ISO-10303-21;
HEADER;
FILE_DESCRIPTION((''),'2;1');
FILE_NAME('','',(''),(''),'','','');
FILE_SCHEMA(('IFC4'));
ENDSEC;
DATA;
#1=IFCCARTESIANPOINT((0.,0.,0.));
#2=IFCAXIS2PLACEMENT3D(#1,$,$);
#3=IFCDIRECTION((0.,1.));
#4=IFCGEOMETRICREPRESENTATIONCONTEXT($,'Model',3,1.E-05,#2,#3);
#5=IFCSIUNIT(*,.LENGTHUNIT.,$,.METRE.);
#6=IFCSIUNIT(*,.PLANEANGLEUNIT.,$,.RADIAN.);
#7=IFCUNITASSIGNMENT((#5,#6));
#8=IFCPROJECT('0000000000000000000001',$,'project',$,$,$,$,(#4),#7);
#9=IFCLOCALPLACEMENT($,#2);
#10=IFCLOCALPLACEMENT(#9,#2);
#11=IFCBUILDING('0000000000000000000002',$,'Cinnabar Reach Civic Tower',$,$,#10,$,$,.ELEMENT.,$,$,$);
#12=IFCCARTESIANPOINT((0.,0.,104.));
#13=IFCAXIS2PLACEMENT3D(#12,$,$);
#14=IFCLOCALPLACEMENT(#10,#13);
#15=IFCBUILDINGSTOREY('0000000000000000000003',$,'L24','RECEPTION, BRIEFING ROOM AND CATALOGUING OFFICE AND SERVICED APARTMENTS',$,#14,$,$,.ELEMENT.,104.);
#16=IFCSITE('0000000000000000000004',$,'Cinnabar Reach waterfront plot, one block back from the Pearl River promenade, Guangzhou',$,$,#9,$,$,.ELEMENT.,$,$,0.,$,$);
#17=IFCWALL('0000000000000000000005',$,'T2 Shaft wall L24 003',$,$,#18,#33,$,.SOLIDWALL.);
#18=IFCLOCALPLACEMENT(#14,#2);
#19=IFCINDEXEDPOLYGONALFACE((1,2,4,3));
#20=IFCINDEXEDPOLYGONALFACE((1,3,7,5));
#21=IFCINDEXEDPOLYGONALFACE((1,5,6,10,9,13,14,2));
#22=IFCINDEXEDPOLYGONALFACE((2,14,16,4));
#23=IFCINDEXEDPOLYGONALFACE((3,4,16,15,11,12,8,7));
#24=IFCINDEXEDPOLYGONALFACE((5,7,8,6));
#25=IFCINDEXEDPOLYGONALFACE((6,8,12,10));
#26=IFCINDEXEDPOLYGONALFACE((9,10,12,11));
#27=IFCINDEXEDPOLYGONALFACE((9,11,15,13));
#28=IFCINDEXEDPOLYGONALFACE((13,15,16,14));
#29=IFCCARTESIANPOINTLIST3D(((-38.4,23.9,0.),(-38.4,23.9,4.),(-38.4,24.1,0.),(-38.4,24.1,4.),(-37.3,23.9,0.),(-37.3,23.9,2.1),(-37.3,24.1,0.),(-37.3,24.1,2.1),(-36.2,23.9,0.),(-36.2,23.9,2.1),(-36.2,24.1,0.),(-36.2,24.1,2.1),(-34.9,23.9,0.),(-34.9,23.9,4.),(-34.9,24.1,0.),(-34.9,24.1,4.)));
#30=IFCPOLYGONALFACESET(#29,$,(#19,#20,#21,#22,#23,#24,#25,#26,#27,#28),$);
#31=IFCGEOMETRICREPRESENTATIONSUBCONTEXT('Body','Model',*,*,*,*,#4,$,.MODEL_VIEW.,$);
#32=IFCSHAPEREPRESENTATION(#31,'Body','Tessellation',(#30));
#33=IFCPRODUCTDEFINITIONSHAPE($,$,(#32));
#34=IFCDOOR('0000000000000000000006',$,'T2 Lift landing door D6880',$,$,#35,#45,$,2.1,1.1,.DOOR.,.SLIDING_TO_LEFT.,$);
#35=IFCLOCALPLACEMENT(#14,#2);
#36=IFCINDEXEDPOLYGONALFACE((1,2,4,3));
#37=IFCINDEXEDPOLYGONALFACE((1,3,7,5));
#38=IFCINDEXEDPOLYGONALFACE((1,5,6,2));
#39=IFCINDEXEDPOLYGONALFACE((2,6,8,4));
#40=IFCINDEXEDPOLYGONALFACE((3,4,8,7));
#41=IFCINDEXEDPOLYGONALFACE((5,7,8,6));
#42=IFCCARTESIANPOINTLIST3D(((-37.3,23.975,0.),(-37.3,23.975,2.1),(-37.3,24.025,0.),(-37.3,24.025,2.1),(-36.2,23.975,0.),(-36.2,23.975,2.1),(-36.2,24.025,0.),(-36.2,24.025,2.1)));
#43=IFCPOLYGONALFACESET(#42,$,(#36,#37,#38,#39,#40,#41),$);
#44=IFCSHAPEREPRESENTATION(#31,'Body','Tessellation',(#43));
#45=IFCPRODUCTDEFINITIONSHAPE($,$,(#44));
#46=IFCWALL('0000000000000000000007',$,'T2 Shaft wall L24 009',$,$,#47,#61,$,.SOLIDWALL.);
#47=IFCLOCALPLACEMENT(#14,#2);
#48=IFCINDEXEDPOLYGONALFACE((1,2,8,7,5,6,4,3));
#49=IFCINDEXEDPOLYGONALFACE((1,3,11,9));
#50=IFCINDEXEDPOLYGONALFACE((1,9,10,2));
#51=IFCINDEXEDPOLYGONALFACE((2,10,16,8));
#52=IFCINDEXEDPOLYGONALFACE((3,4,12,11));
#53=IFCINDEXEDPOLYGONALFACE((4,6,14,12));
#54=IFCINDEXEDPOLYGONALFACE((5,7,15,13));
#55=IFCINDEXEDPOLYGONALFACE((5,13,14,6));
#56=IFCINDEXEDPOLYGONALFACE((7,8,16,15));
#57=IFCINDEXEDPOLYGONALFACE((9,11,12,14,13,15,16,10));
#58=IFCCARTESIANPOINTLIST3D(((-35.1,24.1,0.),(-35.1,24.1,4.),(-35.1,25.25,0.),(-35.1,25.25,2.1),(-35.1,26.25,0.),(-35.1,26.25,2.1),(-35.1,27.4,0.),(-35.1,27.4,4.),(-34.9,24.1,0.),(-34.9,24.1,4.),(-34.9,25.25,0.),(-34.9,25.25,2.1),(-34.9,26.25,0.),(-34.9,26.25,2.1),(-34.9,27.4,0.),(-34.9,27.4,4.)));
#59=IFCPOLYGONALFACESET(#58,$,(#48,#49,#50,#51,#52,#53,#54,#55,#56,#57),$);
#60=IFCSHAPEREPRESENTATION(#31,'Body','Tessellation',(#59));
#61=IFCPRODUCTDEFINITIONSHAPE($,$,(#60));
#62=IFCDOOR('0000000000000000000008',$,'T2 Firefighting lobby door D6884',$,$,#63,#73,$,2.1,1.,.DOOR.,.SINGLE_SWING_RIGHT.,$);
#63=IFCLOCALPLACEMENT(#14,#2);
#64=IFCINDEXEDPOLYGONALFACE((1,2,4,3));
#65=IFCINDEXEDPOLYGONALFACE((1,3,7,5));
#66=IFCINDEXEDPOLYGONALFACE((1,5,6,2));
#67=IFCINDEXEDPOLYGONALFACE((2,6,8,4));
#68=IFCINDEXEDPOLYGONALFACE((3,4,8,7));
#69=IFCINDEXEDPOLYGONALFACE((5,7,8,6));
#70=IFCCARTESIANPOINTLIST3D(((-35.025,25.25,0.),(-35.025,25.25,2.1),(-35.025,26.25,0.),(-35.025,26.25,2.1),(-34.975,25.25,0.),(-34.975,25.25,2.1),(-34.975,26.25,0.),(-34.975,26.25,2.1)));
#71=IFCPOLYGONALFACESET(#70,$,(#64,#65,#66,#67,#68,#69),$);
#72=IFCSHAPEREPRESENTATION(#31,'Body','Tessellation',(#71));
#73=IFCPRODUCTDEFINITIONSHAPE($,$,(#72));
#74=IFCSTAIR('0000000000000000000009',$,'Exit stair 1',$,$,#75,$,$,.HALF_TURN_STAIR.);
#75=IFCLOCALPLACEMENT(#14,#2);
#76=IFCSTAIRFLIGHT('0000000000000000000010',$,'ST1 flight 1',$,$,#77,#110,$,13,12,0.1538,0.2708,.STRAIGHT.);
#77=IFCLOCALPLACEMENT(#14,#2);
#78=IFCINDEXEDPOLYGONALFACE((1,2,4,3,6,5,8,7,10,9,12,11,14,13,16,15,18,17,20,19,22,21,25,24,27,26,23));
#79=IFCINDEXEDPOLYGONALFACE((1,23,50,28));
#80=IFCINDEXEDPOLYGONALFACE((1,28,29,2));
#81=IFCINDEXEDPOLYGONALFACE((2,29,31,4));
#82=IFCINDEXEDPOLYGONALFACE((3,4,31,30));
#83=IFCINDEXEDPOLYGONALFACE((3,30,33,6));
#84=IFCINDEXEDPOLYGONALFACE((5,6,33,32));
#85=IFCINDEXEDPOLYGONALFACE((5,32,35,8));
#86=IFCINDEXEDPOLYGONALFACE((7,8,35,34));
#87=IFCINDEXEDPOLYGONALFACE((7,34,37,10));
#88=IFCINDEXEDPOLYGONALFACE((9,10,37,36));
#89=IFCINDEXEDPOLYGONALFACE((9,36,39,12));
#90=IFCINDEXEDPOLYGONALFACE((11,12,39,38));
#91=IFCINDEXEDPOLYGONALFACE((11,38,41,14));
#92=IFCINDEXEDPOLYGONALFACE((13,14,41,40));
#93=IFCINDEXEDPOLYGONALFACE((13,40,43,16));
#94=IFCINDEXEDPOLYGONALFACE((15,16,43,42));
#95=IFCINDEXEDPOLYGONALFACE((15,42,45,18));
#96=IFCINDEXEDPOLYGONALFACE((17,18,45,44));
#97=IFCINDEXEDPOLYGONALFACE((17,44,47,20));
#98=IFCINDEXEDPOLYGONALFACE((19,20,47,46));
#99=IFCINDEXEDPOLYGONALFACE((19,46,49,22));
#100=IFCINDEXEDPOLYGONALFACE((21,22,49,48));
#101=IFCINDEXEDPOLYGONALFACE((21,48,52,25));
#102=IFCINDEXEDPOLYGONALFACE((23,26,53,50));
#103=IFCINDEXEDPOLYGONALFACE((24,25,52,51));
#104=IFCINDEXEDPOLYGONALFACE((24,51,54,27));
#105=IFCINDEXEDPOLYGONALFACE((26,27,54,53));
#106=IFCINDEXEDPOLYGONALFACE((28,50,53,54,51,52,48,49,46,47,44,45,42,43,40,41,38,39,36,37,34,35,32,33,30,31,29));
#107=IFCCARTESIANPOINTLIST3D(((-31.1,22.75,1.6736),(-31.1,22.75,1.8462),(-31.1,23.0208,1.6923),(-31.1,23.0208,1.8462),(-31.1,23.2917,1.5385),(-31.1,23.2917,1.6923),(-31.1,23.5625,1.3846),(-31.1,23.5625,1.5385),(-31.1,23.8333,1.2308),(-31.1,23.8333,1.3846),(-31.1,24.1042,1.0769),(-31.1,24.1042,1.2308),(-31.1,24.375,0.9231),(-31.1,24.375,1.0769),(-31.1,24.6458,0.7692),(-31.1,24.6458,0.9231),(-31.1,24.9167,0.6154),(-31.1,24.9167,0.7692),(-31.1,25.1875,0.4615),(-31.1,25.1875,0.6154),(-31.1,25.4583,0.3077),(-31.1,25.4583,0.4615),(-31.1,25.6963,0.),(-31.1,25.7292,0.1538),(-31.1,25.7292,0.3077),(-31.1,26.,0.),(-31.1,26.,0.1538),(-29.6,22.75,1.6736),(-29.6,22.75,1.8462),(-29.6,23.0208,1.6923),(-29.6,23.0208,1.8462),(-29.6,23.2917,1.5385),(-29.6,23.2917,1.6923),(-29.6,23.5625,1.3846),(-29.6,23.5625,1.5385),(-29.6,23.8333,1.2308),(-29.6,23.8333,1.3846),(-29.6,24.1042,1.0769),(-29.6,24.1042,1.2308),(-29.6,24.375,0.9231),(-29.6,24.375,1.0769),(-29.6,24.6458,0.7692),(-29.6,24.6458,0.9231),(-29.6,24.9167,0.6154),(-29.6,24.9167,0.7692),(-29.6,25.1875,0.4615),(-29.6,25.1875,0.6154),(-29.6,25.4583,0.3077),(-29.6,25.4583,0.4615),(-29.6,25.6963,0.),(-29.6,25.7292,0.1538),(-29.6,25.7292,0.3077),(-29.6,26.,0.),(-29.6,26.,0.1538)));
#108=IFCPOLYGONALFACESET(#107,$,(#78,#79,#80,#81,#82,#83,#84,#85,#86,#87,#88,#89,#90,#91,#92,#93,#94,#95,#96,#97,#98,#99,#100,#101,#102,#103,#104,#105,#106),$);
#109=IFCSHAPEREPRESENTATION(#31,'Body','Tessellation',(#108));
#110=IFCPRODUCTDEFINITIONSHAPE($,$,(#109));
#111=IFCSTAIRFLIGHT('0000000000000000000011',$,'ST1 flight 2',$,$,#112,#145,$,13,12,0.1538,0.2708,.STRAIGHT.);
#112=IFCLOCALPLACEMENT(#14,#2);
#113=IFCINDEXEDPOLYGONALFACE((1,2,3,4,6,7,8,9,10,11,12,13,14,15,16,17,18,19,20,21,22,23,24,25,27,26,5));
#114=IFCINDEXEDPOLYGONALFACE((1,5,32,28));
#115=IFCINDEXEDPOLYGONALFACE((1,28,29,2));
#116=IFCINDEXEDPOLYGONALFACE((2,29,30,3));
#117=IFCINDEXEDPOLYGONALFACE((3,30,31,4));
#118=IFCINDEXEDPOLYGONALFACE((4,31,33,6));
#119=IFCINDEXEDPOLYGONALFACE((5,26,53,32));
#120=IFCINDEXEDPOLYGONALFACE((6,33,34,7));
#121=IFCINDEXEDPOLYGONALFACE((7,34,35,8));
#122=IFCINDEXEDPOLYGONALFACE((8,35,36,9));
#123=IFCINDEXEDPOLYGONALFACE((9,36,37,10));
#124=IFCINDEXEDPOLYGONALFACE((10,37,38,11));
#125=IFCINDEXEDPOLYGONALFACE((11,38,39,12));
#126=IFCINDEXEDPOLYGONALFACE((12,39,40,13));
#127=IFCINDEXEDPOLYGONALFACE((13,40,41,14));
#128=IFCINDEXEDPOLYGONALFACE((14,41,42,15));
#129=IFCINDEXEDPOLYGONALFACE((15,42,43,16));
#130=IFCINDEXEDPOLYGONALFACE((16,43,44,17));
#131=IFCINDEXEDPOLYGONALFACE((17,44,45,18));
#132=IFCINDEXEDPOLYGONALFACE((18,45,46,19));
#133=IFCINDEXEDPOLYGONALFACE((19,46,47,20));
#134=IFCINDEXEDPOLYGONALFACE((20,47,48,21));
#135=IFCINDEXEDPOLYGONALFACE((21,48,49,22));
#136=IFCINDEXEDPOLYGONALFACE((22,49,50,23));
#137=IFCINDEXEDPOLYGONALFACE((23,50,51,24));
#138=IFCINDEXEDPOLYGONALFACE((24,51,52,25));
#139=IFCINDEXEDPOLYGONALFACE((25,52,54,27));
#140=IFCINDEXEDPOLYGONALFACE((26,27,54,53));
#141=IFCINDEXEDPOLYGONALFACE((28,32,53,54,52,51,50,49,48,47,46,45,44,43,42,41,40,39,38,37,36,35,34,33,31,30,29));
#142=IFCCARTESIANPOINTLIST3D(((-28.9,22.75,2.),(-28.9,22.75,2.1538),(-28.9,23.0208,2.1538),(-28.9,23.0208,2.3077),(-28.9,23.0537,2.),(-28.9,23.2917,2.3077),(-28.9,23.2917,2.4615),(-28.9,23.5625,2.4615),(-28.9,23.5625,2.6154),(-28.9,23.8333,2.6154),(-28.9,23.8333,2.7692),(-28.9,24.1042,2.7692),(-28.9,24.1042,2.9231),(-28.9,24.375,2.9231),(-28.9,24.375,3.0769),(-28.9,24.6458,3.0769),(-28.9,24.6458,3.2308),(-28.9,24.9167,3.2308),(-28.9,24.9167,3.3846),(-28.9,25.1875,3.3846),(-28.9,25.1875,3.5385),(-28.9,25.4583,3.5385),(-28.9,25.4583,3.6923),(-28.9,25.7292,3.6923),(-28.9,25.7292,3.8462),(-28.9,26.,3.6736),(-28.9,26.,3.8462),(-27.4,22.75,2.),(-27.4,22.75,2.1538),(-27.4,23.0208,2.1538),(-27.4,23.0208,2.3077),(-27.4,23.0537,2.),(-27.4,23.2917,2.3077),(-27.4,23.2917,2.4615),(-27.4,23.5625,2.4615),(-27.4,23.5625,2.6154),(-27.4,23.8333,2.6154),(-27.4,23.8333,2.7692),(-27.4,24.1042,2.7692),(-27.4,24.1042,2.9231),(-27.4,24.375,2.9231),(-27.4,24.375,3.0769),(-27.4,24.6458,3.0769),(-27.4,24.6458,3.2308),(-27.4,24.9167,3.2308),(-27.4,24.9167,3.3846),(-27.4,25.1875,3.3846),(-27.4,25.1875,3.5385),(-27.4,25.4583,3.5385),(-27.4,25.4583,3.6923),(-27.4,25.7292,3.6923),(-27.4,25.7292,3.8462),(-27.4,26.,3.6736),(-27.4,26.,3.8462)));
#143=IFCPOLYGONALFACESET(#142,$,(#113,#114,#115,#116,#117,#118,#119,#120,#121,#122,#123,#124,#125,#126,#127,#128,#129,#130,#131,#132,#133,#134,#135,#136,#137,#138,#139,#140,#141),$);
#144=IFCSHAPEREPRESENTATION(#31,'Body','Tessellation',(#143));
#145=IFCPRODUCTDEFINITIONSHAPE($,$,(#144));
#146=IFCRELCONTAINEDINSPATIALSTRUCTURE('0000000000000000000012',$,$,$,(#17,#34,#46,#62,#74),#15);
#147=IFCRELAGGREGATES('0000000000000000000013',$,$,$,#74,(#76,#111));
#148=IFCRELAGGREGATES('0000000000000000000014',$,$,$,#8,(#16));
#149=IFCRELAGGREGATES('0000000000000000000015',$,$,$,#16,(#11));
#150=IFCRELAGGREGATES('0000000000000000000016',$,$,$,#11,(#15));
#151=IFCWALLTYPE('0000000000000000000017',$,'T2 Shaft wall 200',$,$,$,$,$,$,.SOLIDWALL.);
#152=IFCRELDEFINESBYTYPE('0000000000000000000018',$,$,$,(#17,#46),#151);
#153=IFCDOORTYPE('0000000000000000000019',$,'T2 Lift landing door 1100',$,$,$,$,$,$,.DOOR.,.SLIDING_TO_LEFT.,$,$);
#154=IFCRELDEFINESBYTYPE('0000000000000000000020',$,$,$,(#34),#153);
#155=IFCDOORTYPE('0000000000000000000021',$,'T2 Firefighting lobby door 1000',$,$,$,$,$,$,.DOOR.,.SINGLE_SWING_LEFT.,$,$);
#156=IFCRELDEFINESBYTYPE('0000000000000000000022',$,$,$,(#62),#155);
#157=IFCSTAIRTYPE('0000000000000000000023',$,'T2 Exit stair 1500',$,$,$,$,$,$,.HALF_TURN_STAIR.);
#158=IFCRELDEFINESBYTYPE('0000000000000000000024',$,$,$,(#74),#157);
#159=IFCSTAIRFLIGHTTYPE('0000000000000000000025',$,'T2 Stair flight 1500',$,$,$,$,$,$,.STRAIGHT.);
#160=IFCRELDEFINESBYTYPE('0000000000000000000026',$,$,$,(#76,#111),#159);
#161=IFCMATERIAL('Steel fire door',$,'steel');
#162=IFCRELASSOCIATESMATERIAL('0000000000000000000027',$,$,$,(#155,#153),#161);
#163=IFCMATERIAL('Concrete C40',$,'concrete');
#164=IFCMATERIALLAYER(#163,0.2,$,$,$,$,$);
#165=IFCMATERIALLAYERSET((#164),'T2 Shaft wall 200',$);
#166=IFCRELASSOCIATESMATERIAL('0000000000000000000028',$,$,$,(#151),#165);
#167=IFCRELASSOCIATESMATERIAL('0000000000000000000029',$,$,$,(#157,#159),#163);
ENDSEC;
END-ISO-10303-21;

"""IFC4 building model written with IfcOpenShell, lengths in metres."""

from ifc_helpers import new_model, si_unit, direction, frame, frame_2d, origin, place, context, subcontext, project, spatial, polyline, rectangle, outline, extrude, material, layer, layer_set, type_object, element, fill, aggregate, save


model = new_model("IFC4")

# Units and contexts
model_context = context("Model", 3, precision=1e-05, world=origin(), true_north=direction((0.0, 1.0)))
body_context = subcontext(model_context, "Body", "Model", "MODEL_VIEW")
ifc_project = project(units=[si_unit("LENGTHUNIT", "METRE"), si_unit("PLANEANGLEUNIT", "RADIAN")], contexts=[model_context])

# Site, building, storey
site_placement = place(None, origin())
site = spatial("IfcSite", under=ifc_project, at=site_placement, Name="Cinnabar Reach waterfront plot, one block back from the Pearl River promenade, Guangzhou", CompositionType="ELEMENT", RefElevation=0.0)
building_placement = place(site_placement, origin())
building = spatial("IfcBuilding", under=site, at=building_placement, Name="Cinnabar Reach Civic Tower", CompositionType="ELEMENT")
storey_placement = place(building_placement, frame((0.0, 0.0, 104.0)))
storey = spatial("IfcBuildingStorey", under=building, at=storey_placement, Name="L24", Description="RECEPTION, BRIEFING ROOM AND CATALOGUING OFFICE AND SERVICED APARTMENTS", CompositionType="ELEMENT", Elevation=104.0)

# Shared definitions
ifc_material_1 = material(Name="Concrete C40", Category="concrete")

# Shared definitions
ifc_material_2 = material(Name="Steel fire door", Category="steel")
door_type_1 = type_object("IfcDoorType", Name="T2 Firefighting lobby door 1000", OperationType="SINGLE_SWING_LEFT", PredefinedType="DOOR", material=ifc_material_2)

# Walls, openings, doors
ifc_layer_1 = layer(ifc_material_1, 0.2)
ifc_layer_set_1 = layer_set([ifc_layer_1], Name="T2 Shaft wall 200")
wall_type_1 = type_object("IfcWallType", Name="T2 Shaft wall 200", PredefinedType="SOLIDWALL", material=ifc_layer_set_1)
wall_1_placement = place(storey_placement, frame((-34.9, 24.0, 0.0), z_axis=(0.0, 0.0, 1.0), x_axis=(-1.0, 0.0, 0.0)))
wall_1 = element("IfcWall", 1, at=wall_1_placement, inside=storey, type_object=wall_type_1, Name="T2 Shaft wall L24 003", PredefinedType="SOLIDWALL", context=body_context, shape_type="SweptSolid", body=[
    extrude(rectangle(XDim=3.5, YDim=0.2, at=frame_2d((1.75, 0.0))), origin(), (0.0, 0.0, 1.0), 4.0),
])
opening_1_placement = place(wall_1_placement, frame((1.3, 0.0, 0.0)))
opening_1 = element("IfcOpeningElement", 2, at=opening_1_placement, cuts=wall_1, PredefinedType="OPENING", context=body_context, shape_type="SweptSolid", body=[
    extrude(rectangle(XDim=1.1, YDim=2.1, at=frame_2d((0.55, 1.05))), frame((0.0, 0.11, 0.0), z_axis=(0.0, -1.0, 0.0), x_axis=(1.0, 0.0, 0.0)), (0.0, 0.0, 1.0), 0.22),
])
door_type_2 = type_object("IfcDoorType", Name="T2 Lift landing door 1100", OperationType="SLIDING_TO_LEFT", PredefinedType="DOOR", material=ifc_material_2)
door_1_placement = place(opening_1_placement, origin())
door_1 = element("IfcDoor", 3, at=door_1_placement, inside=storey, type_object=door_type_2, Name="T2 Lift landing door D6880", OperationType="SLIDING_TO_LEFT", OverallHeight=2.1, OverallWidth=1.1, PredefinedType="DOOR", context=body_context, shape_type="SweptSolid", body=[
    extrude(rectangle(XDim=1.1, YDim=2.1, at=frame_2d((0.55, 1.05))), frame((0.0, 0.025, 0.0), z_axis=(0.0, -1.0, 0.0), x_axis=(1.0, 0.0, 0.0)), (0.0, 0.0, 1.0), 0.05),
])
fill(opening_1, door_1)
wall_2_placement = place(storey_placement, frame((-35.0, 24.1, 0.0), z_axis=(0.0, 0.0, 1.0), x_axis=(0.0, 1.0, 0.0)))
wall_2 = element("IfcWall", 4, at=wall_2_placement, inside=storey, type_object=wall_type_1, Name="T2 Shaft wall L24 009", PredefinedType="SOLIDWALL", context=body_context, shape_type="SweptSolid", body=[
    extrude(rectangle(XDim=3.3, YDim=0.2, at=frame_2d((1.65, 0.0))), origin(), (0.0, 0.0, 1.0), 4.0),
])
opening_2_placement = place(wall_2_placement, frame((1.15, 0.0, 0.0)))
opening_2 = element("IfcOpeningElement", 5, at=opening_2_placement, cuts=wall_2, PredefinedType="OPENING", context=body_context, shape_type="SweptSolid", body=[
    extrude(rectangle(XDim=1.0, YDim=2.1, at=frame_2d((0.5, 1.05))), frame((0.0, 0.11, 0.0), z_axis=(0.0, -1.0, 0.0), x_axis=(1.0, 0.0, 0.0)), (0.0, 0.0, 1.0), 0.22),
])
door_2_placement = place(opening_2_placement, origin())
door_2 = element("IfcDoor", 6, at=door_2_placement, inside=storey, type_object=door_type_1, Name="T2 Firefighting lobby door D6884", OperationType="SINGLE_SWING_RIGHT", OverallHeight=2.1, OverallWidth=1.0, PredefinedType="DOOR", context=body_context, shape_type="SweptSolid", body=[
    extrude(rectangle(XDim=1.0, YDim=2.1, at=frame_2d((0.5, 1.05))), frame((0.0, 0.025, 0.0), z_axis=(0.0, -1.0, 0.0), x_axis=(1.0, 0.0, 0.0)), (0.0, 0.0, 1.0), 0.05),
])
fill(opening_2, door_2)

# Stair, stair flights
stair_type = type_object("IfcStairType", Name="T2 Exit stair 1500", PredefinedType="HALF_TURN_STAIR", material=ifc_material_1)
stair_placement = place(storey_placement, origin())
stair = element("IfcStair", 7, at=stair_placement, inside=storey, type_object=stair_type, Name="Exit stair 1", PredefinedType="HALF_TURN_STAIR")
stair_flight_type = type_object("IfcStairFlightType", Name="T2 Stair flight 1500", PredefinedType="STRAIGHT", material=ifc_material_1)
stair_flight_1_placement = place(storey_placement, frame((-30.35, 26.0, 0.0), z_axis=(0.0, 0.0, 1.0), x_axis=(0.0, -1.0, 0.0)))
stair_flight_1 = element("IfcStairFlight", 8, at=stair_flight_1_placement, type_object=stair_flight_type, Name="ST1 flight 1", NumberOfRisers=13, NumberOfTreads=12, PredefinedType="STRAIGHT", RiserHeight=0.1538, TreadLength=0.2708, context=body_context, shape_type="SweptSolid", body=[
    extrude(outline(polyline([(0.0, 0.0), (0.0, 0.1538), (0.2708, 0.1538), (0.2708, 0.3077), (0.5417, 0.3077), (0.5417, 0.4615), (0.8125, 0.4615), (0.8125, 0.6154), (1.0833, 0.6154), (1.0833, 0.7692), (1.3542, 0.7692), (1.3542, 0.9231), (1.625, 0.9231), (1.625, 1.0769), (1.8958, 1.0769), (1.8958, 1.2308), (2.1667, 1.2308), (2.1667, 1.3846), (2.4375, 1.3846), (2.4375, 1.5385), (2.7083, 1.5385), (2.7083, 1.6923), (2.9792, 1.6923), (2.9792, 1.8462), (3.25, 1.8462), (3.25, 2.0), (3.25, 1.6736), (0.3037, 0.0), (0.0, 0.0)])), frame((0.0, 0.75, 0.0), z_axis=(0.0, -1.0, 0.0), x_axis=(1.0, 0.0, 0.0)), (0.0, 0.0, 1.0), 1.5),
])
stair_flight_2_placement = place(storey_placement, frame((-28.15, 22.75, 2.0), z_axis=(0.0, 0.0, 1.0), x_axis=(0.0, 1.0, 0.0)))
stair_flight_2 = element("IfcStairFlight", 9, at=stair_flight_2_placement, type_object=stair_flight_type, Name="ST1 flight 2", NumberOfRisers=13, NumberOfTreads=12, PredefinedType="STRAIGHT", RiserHeight=0.1538, TreadLength=0.2708, context=body_context, shape_type="SweptSolid", body=[
    extrude(outline(polyline([(0.0, 0.0), (0.0, 0.1538), (0.2708, 0.1538), (0.2708, 0.3077), (0.5417, 0.3077), (0.5417, 0.4615), (0.8125, 0.4615), (0.8125, 0.6154), (1.0833, 0.6154), (1.0833, 0.7692), (1.3542, 0.7692), (1.3542, 0.9231), (1.625, 0.9231), (1.625, 1.0769), (1.8958, 1.0769), (1.8958, 1.2308), (2.1667, 1.2308), (2.1667, 1.3846), (2.4375, 1.3846), (2.4375, 1.5385), (2.7083, 1.5385), (2.7083, 1.6923), (2.9792, 1.6923), (2.9792, 1.8462), (3.25, 1.8462), (3.25, 2.0), (3.25, 1.6736), (0.3037, 0.0), (0.0, 0.0)])), frame((0.0, 0.75, 0.0), z_axis=(0.0, -1.0, 0.0), x_axis=(1.0, 0.0, 0.0)), (0.0, 0.0, 1.0), 1.5),
])
aggregate(stair, [stair_flight_1, stair_flight_2])

save(model, "model.ifc")
